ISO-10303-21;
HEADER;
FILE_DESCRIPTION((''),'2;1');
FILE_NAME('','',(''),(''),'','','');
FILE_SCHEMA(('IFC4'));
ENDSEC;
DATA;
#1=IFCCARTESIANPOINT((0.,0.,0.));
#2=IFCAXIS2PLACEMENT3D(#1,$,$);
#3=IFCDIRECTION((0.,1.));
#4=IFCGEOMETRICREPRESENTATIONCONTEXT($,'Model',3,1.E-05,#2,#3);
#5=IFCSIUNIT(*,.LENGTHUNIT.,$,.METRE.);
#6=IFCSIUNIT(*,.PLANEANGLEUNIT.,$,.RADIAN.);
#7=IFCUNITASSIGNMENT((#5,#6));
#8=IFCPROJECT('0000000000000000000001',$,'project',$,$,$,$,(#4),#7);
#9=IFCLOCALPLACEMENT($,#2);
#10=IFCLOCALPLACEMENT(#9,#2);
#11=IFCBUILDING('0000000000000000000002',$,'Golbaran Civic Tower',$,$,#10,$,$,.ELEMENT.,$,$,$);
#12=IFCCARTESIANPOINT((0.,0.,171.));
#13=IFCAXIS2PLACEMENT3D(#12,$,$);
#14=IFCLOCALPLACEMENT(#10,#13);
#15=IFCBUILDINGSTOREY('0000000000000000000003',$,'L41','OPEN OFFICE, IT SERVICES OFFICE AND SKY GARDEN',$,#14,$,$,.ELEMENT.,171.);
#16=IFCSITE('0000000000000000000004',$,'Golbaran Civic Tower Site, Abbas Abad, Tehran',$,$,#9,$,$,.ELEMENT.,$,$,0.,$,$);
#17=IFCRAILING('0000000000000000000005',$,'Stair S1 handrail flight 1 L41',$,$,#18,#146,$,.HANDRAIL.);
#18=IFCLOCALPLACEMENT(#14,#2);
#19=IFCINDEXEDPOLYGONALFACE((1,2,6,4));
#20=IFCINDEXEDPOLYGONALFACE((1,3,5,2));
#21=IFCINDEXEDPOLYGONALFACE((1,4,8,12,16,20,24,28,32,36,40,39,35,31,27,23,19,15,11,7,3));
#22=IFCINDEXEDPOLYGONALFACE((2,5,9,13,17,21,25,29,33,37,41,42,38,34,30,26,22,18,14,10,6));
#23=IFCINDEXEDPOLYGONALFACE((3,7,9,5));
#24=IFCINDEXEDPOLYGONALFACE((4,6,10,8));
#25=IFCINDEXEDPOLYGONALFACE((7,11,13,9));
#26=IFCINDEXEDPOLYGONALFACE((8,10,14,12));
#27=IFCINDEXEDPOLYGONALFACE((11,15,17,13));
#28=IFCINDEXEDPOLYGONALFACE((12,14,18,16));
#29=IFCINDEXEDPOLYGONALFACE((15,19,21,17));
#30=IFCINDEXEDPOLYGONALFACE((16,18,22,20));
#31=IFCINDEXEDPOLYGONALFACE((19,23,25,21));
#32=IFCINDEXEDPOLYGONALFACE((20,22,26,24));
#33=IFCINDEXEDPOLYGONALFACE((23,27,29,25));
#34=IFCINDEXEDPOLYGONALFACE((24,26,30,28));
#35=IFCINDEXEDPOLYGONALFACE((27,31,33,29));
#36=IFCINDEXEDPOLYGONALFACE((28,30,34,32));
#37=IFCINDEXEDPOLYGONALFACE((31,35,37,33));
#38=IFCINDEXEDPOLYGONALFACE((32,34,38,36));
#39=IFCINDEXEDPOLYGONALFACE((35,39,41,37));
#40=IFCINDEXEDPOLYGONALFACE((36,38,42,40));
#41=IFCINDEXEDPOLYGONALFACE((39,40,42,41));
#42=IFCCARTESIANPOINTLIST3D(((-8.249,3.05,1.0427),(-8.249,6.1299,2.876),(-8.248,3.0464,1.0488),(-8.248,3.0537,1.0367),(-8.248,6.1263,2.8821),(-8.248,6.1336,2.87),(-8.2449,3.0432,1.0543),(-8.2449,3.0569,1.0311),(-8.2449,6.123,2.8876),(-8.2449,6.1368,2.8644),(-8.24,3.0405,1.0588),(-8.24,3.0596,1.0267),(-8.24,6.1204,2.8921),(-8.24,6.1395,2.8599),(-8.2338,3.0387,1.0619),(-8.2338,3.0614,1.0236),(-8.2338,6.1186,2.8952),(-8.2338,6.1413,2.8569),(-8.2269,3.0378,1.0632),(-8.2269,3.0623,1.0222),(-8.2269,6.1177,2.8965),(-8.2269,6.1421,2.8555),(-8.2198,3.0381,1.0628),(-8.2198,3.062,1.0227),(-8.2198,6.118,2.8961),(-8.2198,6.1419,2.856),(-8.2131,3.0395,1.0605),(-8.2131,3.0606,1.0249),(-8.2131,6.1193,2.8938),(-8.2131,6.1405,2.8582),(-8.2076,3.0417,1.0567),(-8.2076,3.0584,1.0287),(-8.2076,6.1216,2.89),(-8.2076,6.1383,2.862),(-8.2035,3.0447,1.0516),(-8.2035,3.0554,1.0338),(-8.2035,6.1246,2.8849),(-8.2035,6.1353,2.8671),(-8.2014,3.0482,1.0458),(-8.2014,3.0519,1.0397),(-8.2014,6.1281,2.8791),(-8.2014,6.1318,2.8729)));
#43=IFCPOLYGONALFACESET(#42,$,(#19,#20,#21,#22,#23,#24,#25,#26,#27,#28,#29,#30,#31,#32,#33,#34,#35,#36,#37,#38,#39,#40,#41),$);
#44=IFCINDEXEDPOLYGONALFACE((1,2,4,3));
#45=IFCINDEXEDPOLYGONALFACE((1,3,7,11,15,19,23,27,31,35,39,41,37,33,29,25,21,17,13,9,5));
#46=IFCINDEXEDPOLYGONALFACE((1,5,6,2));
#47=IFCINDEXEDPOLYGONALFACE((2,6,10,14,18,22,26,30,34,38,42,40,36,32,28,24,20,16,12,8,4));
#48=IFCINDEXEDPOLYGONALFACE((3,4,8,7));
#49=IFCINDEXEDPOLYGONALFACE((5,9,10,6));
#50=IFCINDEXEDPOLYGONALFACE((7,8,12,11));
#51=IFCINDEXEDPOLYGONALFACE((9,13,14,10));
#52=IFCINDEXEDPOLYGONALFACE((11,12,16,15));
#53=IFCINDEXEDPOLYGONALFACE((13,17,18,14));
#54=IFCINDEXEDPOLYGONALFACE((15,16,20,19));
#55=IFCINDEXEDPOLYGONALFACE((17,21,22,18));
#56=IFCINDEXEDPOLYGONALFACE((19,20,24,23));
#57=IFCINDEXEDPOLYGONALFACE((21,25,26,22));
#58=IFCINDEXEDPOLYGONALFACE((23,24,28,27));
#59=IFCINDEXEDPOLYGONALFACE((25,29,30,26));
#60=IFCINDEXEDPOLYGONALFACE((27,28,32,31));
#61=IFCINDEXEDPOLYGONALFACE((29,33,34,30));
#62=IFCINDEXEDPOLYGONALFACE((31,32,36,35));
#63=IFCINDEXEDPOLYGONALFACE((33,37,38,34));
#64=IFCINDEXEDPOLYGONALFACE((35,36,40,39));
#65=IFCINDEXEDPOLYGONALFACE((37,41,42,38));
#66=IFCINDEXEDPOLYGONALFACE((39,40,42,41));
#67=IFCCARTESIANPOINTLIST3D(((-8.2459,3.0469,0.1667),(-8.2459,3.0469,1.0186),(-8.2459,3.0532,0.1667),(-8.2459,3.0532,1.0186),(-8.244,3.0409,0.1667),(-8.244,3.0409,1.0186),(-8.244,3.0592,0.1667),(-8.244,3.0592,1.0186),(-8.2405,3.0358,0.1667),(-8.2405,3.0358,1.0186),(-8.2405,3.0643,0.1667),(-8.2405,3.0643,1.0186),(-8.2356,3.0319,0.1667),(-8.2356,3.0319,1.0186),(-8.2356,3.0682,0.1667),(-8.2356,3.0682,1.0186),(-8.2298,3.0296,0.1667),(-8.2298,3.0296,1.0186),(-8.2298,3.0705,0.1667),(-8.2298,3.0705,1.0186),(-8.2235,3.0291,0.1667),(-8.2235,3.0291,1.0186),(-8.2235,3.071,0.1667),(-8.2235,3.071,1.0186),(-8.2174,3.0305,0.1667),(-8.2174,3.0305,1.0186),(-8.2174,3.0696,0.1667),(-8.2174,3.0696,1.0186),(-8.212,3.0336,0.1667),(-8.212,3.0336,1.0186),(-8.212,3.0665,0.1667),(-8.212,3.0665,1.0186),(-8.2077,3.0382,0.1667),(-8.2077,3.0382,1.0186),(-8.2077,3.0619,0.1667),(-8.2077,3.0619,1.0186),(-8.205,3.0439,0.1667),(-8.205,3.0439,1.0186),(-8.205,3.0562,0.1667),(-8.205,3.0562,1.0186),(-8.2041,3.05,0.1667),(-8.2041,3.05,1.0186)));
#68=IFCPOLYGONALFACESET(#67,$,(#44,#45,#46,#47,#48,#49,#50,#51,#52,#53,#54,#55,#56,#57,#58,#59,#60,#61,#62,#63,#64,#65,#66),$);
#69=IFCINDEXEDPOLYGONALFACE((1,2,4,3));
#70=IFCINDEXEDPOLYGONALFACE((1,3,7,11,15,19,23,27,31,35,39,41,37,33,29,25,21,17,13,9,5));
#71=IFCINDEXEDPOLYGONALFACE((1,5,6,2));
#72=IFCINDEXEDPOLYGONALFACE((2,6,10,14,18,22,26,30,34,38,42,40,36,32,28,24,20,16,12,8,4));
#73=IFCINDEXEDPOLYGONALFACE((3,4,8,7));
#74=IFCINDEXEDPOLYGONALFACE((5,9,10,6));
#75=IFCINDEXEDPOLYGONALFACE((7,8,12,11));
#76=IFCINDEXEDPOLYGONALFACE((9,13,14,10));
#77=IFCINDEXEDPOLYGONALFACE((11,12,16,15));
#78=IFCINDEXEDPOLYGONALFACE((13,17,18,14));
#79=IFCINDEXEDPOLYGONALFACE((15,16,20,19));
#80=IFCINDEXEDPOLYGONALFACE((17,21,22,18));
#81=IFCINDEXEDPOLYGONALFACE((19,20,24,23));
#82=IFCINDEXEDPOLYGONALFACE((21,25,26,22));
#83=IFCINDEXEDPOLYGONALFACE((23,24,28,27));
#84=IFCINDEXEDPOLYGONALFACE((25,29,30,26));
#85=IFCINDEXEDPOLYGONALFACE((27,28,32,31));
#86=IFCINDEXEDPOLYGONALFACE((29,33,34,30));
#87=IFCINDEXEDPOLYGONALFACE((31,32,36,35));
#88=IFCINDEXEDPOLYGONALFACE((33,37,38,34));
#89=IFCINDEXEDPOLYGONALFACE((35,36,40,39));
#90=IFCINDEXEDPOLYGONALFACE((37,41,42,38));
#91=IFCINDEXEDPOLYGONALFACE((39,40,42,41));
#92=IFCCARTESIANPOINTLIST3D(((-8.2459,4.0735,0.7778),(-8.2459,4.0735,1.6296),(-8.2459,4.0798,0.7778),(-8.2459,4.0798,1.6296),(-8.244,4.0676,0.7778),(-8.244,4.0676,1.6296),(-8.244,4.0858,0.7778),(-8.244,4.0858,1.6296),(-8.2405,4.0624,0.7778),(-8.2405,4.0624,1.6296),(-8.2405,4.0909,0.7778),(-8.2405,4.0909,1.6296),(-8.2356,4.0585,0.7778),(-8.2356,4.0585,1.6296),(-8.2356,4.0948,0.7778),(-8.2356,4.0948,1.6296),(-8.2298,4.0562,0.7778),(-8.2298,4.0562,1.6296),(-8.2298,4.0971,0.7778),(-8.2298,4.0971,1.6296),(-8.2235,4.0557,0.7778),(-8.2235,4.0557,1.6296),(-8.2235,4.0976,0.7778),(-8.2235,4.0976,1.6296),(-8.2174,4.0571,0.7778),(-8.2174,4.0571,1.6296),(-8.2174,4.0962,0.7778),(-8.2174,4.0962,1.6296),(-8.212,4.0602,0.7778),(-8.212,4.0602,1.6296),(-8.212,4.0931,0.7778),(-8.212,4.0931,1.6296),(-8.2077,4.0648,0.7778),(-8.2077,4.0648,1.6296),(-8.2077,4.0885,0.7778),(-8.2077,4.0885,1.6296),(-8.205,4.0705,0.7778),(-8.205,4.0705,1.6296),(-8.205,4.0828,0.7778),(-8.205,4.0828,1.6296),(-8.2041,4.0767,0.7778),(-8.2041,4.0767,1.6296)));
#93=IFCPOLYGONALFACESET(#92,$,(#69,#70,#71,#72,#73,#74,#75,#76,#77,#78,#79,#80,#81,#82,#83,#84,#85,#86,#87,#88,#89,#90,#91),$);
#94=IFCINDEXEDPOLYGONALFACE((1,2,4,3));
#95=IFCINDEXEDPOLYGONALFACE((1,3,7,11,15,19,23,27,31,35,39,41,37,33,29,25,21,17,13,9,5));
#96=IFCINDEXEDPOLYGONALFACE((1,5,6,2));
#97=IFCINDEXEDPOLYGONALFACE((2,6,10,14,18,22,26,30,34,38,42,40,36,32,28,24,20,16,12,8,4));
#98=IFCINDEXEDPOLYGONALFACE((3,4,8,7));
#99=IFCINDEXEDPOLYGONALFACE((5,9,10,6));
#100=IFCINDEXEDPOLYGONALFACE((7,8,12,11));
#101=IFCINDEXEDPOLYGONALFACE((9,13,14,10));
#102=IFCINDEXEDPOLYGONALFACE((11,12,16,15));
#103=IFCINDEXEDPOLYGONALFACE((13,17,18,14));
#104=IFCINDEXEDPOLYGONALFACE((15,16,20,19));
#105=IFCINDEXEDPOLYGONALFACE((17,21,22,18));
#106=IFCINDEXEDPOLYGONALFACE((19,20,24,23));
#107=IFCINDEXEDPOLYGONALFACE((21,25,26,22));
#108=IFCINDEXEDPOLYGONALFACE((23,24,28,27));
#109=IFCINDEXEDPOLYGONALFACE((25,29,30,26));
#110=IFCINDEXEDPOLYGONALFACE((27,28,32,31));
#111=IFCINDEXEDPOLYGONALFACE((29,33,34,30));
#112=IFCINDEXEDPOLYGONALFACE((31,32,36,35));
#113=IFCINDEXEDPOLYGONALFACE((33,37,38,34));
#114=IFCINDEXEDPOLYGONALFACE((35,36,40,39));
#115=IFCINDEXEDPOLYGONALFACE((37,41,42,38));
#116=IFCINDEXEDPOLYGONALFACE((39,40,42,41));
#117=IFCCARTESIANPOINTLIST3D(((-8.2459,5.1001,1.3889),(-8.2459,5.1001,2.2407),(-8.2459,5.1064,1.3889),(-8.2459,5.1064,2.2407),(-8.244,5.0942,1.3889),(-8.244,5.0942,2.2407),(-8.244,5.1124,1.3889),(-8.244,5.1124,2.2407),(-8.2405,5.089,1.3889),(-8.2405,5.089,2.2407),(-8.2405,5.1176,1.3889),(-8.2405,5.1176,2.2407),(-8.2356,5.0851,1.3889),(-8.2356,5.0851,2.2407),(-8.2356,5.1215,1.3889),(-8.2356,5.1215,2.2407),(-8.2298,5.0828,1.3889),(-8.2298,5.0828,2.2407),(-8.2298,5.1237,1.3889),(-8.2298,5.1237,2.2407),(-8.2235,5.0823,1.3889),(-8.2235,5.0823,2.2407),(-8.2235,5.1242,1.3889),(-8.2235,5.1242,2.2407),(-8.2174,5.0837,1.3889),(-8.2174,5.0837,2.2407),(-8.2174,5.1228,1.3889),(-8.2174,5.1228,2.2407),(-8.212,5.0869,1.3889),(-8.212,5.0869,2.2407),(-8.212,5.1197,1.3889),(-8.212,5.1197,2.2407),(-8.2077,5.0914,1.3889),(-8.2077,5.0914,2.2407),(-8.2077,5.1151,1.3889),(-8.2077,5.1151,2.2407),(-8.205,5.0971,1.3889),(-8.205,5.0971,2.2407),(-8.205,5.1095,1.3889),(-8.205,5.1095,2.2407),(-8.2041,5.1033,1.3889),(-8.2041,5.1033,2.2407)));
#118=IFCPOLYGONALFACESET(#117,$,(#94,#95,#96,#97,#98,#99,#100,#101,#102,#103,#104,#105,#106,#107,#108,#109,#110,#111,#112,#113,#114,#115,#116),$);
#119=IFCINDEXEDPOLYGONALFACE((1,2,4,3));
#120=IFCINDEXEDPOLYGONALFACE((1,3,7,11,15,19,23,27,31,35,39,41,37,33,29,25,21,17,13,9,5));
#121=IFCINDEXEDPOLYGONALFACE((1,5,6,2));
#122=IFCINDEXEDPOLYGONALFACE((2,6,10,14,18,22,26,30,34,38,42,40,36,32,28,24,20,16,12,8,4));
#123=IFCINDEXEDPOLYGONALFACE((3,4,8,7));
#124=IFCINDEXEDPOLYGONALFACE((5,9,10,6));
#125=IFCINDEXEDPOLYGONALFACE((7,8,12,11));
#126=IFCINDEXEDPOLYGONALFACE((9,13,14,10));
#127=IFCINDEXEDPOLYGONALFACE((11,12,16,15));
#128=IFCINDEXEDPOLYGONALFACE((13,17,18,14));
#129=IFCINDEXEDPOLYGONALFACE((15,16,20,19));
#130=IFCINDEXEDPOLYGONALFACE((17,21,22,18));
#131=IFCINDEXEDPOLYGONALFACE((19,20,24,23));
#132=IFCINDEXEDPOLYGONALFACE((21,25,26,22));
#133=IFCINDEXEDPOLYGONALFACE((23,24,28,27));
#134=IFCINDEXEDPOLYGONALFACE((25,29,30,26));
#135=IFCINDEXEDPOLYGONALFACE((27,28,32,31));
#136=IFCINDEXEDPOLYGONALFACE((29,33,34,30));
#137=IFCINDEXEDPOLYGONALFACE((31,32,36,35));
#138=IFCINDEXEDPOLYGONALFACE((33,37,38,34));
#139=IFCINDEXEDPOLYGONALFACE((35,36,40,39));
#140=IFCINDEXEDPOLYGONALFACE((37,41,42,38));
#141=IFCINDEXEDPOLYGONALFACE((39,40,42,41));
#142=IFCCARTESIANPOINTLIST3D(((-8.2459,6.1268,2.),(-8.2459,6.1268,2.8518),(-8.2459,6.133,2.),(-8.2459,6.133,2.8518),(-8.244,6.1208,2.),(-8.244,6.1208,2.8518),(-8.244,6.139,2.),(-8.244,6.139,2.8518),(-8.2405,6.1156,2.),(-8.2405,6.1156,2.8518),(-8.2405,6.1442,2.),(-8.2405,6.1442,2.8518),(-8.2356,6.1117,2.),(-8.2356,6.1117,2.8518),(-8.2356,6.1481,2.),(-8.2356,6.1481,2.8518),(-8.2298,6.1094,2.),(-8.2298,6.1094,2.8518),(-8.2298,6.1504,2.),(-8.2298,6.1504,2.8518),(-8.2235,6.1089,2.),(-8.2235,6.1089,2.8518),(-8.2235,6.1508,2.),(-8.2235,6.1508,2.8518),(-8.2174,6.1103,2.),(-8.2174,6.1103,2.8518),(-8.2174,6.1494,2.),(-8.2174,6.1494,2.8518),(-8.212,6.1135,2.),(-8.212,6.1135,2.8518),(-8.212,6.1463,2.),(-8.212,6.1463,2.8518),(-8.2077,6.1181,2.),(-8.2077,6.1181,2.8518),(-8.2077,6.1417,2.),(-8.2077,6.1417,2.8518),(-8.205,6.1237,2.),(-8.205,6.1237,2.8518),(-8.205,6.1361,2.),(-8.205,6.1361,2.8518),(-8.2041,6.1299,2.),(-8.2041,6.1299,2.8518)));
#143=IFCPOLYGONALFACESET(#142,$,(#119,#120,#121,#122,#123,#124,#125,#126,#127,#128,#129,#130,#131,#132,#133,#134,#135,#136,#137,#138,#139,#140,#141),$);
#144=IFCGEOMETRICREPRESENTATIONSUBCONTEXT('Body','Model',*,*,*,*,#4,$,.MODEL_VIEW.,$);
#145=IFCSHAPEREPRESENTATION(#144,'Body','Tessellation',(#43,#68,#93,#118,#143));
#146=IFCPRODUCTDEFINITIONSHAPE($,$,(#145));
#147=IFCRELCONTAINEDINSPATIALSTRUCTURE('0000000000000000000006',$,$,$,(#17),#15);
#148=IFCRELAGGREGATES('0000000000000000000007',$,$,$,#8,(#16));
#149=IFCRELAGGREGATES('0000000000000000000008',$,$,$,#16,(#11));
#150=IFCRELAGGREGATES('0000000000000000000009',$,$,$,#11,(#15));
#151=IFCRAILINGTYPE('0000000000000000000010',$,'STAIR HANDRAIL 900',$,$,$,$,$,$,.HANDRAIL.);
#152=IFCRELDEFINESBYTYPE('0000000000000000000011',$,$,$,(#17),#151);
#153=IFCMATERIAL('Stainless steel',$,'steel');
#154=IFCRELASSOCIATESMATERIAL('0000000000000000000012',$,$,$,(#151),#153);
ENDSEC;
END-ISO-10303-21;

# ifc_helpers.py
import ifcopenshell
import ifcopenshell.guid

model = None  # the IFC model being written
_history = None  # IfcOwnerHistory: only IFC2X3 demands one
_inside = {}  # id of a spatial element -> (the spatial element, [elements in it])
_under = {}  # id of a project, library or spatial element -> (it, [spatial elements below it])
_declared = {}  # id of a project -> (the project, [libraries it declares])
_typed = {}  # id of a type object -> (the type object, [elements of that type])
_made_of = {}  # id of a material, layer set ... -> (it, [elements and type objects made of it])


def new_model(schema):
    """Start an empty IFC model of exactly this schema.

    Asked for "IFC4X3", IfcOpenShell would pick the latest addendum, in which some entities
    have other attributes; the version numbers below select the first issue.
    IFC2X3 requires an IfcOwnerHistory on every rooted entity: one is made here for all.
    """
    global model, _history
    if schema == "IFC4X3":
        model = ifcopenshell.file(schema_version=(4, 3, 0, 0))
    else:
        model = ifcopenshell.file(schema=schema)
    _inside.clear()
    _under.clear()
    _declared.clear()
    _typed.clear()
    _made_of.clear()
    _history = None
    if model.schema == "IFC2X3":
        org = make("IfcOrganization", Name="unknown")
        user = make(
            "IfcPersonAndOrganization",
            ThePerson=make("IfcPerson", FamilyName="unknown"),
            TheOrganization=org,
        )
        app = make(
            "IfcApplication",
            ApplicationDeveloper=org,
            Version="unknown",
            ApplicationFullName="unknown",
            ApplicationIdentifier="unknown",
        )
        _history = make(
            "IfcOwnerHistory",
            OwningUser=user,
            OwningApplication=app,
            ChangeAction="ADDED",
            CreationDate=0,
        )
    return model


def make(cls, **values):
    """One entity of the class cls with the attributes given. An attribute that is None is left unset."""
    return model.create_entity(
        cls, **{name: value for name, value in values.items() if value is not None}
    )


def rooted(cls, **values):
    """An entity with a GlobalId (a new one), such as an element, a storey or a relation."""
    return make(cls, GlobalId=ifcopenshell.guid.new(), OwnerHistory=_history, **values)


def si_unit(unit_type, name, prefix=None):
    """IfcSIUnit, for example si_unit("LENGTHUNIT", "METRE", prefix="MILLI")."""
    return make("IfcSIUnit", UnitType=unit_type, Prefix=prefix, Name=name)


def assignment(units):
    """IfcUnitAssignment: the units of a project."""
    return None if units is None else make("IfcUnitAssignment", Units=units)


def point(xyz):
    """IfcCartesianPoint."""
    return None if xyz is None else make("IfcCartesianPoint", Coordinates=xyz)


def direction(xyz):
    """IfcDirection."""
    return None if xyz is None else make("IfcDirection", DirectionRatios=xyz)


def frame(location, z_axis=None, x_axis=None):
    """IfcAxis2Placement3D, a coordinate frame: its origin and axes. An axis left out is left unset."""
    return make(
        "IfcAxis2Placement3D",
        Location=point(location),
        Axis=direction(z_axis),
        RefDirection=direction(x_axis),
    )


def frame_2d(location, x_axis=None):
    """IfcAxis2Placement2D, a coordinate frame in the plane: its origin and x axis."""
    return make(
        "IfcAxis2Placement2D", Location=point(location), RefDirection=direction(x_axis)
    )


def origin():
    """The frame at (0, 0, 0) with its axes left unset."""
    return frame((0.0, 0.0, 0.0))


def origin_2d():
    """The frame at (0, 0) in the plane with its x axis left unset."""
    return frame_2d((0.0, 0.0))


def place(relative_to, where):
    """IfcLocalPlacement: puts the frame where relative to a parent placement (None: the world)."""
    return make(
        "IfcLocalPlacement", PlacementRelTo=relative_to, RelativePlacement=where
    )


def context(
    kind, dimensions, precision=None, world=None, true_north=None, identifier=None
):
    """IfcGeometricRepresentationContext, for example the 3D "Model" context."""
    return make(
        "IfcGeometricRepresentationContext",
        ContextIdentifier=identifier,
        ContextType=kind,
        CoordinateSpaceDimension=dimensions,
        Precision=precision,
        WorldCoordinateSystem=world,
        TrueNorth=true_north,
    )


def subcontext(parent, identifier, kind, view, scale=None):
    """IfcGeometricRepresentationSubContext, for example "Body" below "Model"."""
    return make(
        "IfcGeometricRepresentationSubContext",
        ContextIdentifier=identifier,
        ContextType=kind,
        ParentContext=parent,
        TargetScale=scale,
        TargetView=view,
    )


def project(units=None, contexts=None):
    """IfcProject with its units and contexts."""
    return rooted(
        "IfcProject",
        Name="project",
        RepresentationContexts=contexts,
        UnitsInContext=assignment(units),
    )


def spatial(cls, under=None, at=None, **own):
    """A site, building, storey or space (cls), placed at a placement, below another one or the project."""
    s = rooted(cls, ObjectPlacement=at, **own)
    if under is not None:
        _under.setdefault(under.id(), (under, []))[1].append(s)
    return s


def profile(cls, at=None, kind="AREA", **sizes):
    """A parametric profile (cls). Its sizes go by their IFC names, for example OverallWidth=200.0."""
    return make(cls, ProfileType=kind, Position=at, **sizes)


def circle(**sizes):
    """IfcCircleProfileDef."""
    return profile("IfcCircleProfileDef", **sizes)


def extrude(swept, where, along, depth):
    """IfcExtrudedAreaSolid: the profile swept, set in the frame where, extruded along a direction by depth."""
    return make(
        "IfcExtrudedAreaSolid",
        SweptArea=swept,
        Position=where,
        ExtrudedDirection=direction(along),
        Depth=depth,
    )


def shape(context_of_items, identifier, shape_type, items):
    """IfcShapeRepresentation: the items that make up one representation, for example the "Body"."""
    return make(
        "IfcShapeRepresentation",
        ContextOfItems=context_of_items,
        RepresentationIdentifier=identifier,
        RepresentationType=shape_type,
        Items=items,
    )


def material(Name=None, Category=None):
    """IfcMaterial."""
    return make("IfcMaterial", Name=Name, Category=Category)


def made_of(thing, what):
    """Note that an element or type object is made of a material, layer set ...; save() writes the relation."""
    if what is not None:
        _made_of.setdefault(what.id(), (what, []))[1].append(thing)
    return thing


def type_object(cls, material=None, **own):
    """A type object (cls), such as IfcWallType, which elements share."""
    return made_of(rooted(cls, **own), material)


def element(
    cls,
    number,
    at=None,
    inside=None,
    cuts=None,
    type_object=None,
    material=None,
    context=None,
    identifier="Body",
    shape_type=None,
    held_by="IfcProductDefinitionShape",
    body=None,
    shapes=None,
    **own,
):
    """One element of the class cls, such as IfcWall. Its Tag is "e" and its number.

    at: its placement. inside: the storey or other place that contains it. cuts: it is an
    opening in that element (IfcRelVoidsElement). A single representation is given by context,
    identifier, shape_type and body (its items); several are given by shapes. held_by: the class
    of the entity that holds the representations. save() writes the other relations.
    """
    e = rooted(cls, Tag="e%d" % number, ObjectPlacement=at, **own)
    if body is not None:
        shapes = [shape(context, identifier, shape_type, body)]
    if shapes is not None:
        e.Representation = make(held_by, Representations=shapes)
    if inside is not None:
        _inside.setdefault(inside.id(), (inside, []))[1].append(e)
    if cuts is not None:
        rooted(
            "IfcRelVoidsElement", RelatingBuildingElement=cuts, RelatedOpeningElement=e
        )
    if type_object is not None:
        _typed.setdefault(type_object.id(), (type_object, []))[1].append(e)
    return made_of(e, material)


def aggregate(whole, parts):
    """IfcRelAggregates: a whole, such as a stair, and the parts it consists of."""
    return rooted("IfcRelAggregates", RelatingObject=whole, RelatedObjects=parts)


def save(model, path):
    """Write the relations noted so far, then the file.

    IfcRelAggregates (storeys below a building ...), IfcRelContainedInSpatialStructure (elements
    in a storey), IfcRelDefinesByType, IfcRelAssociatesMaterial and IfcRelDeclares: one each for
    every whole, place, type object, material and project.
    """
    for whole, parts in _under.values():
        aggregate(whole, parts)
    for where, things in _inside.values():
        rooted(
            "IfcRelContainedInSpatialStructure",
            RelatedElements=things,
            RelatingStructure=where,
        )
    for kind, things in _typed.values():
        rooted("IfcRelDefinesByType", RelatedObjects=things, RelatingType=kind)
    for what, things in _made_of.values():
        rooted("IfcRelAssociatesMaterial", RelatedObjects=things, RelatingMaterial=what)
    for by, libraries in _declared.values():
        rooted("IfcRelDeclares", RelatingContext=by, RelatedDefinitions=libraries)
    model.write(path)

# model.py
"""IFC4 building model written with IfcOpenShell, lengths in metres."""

from ifc_helpers import new_model, si_unit, direction, frame, origin, origin_2d, place, context, subcontext, project, spatial, circle, extrude, material, type_object, element, save


model = new_model("IFC4")

# Units and contexts
model_context = context("Model", 3, precision=1e-05, world=origin(), true_north=direction((0.0, 1.0)))
body_context = subcontext(model_context, "Body", "Model", "MODEL_VIEW")
ifc_project = project(units=[si_unit("LENGTHUNIT", "METRE"), si_unit("PLANEANGLEUNIT", "RADIAN")], contexts=[model_context])

# Site, building, storey
site_placement = place(None, origin())
site = spatial("IfcSite", under=ifc_project, at=site_placement, Name="Golbaran Civic Tower Site, Abbas Abad, Tehran", CompositionType="ELEMENT", RefElevation=0.0)
building_placement = place(site_placement, origin())
building = spatial("IfcBuilding", under=site, at=building_placement, Name="Golbaran Civic Tower", CompositionType="ELEMENT")
storey_placement = place(building_placement, frame((0.0, 0.0, 171.0)))
storey = spatial("IfcBuildingStorey", under=building, at=storey_placement, Name="L41", Description="OPEN OFFICE, IT SERVICES OFFICE AND SKY GARDEN", CompositionType="ELEMENT", Elevation=171.0)

# Shared definitions
ifc_material_1 = material(Name="Stainless steel", Category="steel")

# Railing
railing_type = type_object("IfcRailingType", Name="STAIR HANDRAIL 900", PredefinedType="HANDRAIL", material=ifc_material_1)
railing_1_placement = place(storey_placement, frame((-8.2251, 3.05, 0.1667)))
element("IfcRailing", 1, at=railing_1_placement, inside=storey, type_object=railing_type, Name="Stair S1 handrail flight 1 L41", PredefinedType="HANDRAIL", context=body_context, shape_type="SweptSolid", body=[
    extrude(circle(Radius=0.0239, at=origin_2d()), frame((0.0, 0.0, 0.876), z_axis=(0.0, 0.859291, 0.511487), x_axis=(-1.0, 0.0, 0.0)), (0.0, 0.0, 1.0), 3.5842),
    extrude(circle(Radius=0.021, at=origin_2d()), origin(), (0.0, 0.0, 1.0), 0.8518),
    extrude(circle(Radius=0.021, at=origin_2d()), frame((0.0, 1.0266, 0.6111)), (0.0, 0.0, 1.0), 0.8518),
    extrude(circle(Radius=0.021, at=origin_2d()), frame((0.0, 2.0532, 1.2222)), (0.0, 0.0, 1.0), 0.8518),
    extrude(circle(Radius=0.021, at=origin_2d()), frame((0.0, 3.0798, 1.8333)), (0.0, 0.0, 1.0), 0.8518),
])

save(model, "model.ifc")
